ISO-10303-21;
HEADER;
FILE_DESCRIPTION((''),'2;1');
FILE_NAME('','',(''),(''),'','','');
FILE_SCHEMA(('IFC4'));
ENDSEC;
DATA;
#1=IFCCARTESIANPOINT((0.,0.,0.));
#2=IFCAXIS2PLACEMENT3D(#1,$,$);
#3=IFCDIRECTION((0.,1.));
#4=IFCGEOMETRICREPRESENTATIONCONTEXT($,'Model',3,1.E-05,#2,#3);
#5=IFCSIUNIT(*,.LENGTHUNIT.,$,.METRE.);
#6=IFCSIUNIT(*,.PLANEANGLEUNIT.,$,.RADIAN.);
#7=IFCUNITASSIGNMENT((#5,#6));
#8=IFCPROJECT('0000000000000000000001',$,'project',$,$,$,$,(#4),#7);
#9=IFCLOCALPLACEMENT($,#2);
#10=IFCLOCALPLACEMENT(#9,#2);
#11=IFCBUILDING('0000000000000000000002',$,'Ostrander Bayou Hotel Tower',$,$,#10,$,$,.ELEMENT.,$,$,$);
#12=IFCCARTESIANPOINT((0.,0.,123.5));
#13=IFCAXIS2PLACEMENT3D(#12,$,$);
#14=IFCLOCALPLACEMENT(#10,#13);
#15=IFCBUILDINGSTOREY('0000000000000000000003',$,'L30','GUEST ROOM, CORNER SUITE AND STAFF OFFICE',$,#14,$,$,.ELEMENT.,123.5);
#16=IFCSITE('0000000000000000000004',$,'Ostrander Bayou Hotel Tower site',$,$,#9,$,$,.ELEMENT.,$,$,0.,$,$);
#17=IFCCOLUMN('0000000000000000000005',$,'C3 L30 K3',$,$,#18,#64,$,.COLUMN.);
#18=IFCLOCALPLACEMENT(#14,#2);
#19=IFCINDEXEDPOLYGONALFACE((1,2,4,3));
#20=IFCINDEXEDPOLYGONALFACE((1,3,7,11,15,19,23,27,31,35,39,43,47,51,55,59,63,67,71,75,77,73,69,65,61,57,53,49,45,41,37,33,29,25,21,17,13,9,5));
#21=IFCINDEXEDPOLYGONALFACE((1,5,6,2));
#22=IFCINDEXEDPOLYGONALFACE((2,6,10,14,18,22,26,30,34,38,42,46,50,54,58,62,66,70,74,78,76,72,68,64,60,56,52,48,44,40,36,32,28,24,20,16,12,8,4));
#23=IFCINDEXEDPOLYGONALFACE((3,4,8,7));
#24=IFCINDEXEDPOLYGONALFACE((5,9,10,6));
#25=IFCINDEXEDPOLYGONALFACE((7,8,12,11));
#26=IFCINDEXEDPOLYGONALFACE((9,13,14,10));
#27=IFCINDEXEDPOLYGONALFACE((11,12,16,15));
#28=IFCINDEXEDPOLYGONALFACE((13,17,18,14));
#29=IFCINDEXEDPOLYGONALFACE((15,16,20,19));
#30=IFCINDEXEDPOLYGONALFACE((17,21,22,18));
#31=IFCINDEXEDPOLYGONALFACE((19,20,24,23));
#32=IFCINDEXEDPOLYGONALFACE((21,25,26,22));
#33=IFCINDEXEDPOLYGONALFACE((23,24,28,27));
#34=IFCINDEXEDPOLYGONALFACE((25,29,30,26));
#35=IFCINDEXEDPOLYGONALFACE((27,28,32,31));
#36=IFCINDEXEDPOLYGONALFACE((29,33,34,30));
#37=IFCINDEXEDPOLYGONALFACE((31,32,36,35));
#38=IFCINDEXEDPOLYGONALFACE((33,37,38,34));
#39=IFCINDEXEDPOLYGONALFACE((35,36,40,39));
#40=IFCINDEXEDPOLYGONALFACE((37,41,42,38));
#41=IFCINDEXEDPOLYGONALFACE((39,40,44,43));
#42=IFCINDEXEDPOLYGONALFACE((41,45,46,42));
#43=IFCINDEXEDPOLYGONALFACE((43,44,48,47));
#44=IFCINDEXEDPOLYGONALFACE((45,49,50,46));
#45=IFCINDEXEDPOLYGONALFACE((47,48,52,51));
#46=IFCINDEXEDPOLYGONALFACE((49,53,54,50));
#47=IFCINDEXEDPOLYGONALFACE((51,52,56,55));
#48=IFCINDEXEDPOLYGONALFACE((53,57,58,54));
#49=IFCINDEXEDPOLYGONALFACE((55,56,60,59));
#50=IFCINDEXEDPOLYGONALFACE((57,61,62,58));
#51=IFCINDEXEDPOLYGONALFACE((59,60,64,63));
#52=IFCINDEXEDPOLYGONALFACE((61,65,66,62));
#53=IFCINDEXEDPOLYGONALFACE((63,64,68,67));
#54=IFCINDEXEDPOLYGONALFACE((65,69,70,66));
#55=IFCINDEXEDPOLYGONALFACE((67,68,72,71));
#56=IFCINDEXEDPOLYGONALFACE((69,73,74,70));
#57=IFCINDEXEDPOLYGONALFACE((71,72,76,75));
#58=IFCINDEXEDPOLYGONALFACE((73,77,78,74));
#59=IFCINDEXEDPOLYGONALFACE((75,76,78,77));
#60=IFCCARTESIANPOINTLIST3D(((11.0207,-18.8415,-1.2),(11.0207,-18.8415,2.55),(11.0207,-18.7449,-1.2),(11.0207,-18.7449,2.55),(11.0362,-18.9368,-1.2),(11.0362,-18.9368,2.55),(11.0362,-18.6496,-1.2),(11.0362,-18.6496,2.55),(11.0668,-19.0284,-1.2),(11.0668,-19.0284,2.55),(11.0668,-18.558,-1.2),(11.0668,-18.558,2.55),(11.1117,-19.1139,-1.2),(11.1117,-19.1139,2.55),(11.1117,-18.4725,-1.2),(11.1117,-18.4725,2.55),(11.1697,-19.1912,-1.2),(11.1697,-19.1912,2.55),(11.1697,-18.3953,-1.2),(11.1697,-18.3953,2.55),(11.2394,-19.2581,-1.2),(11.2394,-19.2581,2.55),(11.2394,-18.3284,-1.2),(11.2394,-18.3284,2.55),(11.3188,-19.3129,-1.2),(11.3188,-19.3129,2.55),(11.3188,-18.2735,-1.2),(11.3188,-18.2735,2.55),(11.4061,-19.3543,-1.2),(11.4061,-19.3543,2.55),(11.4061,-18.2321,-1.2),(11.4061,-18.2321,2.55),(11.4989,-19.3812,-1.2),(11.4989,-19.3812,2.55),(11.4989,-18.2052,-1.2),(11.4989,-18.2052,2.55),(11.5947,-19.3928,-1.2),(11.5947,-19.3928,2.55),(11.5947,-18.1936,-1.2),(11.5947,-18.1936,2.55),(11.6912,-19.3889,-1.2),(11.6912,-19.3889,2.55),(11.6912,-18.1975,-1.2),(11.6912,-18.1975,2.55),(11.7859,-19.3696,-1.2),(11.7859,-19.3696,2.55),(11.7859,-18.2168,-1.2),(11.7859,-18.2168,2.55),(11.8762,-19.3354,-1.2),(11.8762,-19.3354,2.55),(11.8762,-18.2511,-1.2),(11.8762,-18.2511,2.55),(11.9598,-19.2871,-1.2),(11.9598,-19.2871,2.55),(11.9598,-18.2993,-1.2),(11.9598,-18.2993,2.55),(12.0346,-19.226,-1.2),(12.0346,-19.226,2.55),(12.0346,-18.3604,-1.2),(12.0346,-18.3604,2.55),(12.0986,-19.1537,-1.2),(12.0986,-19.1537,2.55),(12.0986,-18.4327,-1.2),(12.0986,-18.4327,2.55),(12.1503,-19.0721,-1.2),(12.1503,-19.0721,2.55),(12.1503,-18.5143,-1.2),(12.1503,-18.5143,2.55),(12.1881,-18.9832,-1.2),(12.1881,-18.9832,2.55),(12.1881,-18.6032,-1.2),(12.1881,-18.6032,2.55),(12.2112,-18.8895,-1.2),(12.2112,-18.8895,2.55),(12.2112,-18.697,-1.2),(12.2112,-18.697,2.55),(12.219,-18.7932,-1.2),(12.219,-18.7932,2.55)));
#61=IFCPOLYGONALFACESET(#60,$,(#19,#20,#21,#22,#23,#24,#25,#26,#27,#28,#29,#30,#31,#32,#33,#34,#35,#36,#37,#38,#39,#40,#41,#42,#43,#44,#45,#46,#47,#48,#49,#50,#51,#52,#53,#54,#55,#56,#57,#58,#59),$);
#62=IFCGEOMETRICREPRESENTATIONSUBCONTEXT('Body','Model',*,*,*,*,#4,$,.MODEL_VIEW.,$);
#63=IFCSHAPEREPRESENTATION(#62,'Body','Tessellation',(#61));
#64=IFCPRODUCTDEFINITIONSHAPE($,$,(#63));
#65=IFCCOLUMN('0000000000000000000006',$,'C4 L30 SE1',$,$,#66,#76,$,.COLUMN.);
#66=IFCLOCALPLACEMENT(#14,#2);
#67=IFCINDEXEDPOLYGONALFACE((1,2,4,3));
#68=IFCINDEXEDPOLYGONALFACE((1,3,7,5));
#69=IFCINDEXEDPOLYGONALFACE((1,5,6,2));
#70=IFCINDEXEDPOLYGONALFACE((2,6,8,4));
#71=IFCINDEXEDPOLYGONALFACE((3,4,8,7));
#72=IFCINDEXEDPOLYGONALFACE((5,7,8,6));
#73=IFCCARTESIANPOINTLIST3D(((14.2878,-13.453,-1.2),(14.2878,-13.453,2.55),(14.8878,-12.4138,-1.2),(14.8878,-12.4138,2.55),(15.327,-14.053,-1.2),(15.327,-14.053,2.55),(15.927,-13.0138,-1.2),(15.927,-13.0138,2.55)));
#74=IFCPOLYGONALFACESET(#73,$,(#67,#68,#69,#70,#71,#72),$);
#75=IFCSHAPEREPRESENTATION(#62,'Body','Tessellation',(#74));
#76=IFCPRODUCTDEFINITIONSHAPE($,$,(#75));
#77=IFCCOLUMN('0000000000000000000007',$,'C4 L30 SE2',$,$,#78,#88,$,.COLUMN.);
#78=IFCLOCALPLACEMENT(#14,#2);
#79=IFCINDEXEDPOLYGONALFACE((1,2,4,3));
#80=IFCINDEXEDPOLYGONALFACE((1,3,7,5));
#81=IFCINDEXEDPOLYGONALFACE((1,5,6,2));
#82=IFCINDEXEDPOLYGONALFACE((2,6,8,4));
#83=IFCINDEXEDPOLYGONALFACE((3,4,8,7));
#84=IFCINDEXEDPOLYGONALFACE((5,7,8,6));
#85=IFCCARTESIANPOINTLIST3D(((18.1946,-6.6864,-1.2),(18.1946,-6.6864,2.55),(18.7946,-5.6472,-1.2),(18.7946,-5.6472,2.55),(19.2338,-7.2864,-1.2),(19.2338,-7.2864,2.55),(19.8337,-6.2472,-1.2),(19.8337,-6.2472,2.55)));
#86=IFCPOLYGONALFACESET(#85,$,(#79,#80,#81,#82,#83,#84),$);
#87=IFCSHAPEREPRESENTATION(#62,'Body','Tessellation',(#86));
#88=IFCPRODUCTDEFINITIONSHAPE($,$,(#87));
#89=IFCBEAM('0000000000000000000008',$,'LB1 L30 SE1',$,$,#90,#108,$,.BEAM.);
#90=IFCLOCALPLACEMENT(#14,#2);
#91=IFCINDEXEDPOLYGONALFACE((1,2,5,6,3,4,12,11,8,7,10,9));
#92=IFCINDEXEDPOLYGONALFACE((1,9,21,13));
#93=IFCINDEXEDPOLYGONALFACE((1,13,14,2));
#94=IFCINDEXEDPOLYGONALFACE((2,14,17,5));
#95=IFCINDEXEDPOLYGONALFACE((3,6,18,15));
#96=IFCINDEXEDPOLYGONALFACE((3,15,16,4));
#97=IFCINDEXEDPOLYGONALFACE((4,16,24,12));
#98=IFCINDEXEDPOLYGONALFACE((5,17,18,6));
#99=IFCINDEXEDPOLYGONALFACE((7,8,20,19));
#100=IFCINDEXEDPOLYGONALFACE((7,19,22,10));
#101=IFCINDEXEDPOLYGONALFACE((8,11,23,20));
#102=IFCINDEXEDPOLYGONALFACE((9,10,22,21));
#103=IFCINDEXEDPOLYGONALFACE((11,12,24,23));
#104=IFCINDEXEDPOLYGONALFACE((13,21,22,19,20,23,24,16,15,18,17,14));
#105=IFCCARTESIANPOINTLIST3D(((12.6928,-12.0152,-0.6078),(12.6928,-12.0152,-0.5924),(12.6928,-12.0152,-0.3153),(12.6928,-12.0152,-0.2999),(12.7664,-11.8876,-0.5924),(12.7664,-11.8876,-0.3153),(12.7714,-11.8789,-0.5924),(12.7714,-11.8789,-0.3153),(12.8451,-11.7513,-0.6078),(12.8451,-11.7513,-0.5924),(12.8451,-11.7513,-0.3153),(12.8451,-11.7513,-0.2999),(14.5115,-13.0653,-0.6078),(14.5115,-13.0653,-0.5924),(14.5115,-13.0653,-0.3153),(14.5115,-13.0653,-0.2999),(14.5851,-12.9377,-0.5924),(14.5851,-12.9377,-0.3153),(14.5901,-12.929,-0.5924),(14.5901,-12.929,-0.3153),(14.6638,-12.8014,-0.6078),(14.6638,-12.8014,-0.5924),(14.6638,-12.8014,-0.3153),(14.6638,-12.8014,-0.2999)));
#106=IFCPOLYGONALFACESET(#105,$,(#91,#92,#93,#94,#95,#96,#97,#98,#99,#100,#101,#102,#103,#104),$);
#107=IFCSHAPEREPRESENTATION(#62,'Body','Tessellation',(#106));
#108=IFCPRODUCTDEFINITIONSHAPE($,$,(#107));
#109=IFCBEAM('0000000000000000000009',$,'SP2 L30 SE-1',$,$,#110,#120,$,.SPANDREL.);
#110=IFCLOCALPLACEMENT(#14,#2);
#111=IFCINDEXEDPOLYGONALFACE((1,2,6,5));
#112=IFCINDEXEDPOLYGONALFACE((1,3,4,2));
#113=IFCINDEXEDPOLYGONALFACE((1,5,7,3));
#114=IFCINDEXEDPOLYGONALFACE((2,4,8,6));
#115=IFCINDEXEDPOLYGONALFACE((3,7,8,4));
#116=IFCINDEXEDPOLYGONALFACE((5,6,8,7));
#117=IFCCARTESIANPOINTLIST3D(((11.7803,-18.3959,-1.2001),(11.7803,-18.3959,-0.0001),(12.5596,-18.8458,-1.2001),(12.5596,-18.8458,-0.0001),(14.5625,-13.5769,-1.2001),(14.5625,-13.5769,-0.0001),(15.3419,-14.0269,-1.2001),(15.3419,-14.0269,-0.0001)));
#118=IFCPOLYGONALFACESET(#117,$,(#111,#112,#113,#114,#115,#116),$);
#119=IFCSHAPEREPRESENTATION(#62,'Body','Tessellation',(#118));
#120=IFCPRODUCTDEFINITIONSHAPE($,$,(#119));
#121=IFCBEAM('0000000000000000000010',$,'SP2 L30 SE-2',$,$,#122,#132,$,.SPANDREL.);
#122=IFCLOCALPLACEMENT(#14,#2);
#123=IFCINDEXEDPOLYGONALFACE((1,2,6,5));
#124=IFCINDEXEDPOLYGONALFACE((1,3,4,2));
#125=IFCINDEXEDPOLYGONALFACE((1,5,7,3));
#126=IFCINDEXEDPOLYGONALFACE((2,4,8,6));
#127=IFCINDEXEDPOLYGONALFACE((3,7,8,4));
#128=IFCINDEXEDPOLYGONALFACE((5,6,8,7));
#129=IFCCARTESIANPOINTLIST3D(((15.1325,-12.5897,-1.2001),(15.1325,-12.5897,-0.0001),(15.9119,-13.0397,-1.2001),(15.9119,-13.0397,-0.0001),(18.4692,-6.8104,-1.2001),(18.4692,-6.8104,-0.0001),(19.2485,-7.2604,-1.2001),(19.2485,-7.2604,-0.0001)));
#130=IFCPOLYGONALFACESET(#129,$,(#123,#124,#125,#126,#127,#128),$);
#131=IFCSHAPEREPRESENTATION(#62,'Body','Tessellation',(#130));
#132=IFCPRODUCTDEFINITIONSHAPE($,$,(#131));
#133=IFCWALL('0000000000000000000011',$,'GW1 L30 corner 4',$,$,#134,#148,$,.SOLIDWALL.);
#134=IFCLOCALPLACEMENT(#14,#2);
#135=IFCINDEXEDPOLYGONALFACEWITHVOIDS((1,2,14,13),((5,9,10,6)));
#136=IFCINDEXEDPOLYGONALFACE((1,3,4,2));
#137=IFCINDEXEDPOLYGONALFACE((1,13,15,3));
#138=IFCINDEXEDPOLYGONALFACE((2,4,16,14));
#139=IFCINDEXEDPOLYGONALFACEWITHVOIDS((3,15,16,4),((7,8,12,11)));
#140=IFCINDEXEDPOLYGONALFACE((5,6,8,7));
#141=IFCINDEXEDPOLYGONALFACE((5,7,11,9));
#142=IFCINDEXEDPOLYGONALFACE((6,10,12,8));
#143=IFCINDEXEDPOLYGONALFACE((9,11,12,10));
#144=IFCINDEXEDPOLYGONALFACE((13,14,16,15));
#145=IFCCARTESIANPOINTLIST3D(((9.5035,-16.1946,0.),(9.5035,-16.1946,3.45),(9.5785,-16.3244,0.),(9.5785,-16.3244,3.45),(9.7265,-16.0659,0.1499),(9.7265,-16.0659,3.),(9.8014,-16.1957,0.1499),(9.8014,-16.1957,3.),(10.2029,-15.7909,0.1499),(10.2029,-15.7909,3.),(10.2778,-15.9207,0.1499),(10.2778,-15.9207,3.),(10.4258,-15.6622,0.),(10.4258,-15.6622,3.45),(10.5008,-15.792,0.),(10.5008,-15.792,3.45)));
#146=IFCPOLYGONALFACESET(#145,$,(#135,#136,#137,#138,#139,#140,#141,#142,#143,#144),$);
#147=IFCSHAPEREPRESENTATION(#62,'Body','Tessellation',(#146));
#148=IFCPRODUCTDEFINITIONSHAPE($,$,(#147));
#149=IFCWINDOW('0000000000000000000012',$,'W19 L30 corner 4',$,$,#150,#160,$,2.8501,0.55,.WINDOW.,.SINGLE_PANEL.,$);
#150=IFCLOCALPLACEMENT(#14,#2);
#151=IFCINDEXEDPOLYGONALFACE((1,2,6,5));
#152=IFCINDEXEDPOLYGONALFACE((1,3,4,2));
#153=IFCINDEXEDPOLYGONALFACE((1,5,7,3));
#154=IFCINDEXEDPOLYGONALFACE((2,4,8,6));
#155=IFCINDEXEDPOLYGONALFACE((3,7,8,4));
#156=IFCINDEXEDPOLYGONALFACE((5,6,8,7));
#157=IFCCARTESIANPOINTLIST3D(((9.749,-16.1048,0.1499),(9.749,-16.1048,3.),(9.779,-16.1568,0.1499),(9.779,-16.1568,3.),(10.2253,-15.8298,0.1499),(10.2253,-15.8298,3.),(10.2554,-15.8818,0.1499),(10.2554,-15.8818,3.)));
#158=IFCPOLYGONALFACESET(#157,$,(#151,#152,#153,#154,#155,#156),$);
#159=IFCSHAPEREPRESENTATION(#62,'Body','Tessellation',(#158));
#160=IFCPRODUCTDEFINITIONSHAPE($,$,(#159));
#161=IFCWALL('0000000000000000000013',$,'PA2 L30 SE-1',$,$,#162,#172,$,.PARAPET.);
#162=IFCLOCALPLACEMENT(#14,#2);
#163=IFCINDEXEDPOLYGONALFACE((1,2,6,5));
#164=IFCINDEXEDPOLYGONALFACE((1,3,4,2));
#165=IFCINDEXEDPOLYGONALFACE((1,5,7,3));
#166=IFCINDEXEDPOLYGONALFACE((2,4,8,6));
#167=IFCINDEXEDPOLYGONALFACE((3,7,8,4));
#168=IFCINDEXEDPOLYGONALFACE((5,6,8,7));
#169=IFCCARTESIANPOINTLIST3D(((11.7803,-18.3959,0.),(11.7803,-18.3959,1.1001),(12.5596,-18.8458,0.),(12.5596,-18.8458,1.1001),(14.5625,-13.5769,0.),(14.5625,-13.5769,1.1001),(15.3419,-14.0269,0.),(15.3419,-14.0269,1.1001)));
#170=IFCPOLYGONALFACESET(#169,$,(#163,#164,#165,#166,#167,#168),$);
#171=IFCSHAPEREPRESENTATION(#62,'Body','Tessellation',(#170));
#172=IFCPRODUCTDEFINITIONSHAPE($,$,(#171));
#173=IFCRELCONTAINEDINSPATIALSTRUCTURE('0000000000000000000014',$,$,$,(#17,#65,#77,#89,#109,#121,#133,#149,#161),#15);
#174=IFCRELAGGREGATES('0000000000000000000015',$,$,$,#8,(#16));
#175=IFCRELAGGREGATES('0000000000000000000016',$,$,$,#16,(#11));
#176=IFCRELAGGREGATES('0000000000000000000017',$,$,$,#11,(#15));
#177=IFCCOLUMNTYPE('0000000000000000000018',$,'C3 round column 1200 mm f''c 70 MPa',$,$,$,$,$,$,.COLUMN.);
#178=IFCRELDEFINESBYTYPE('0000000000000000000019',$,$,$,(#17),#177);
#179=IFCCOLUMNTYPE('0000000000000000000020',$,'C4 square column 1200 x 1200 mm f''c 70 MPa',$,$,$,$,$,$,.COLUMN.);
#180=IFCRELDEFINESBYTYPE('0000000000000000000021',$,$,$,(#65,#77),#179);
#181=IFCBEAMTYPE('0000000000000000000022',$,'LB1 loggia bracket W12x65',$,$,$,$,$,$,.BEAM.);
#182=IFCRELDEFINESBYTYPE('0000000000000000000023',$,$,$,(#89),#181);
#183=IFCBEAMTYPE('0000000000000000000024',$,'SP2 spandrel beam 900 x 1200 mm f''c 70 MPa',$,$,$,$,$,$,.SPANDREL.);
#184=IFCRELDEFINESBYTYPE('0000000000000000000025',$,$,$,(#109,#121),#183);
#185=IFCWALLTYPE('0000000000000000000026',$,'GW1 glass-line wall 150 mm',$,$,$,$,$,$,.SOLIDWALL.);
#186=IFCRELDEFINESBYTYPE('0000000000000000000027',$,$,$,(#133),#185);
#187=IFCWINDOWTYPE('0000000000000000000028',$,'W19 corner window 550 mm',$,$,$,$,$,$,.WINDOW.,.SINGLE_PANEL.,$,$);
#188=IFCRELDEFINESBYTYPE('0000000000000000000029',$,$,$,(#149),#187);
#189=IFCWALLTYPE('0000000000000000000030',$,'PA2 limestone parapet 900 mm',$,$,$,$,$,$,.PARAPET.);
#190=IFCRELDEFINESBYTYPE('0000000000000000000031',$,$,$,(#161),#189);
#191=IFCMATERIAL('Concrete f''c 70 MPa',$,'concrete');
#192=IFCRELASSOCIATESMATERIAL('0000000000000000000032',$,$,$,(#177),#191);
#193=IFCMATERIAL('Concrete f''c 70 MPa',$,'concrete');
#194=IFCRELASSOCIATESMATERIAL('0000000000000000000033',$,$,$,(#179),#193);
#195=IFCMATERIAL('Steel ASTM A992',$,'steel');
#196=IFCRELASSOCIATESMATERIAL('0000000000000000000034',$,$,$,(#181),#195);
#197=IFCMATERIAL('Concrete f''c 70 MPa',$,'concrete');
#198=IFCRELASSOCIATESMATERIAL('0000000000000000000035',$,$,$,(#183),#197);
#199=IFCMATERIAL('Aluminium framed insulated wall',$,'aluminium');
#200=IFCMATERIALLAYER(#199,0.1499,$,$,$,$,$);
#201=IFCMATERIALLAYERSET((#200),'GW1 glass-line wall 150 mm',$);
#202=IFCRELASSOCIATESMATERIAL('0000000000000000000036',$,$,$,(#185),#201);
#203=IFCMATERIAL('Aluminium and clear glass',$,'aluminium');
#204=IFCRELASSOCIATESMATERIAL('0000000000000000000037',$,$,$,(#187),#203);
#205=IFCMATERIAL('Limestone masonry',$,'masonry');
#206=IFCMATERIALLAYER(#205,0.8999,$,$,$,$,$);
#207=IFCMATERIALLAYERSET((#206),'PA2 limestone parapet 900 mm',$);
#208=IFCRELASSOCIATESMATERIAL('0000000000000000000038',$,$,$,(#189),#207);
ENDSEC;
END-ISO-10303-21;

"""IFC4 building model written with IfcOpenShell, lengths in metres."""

from ifc_helpers import new_model, si_unit, direction, frame, frame_2d, origin, origin_2d, place, context, subcontext, project, spatial, rectangle, circle, i_section, extrude, material, layer, layer_set, material_profile, profile_set, type_object, element, fill, save


model = new_model("IFC4")

# Units and contexts
model_context = context("Model", 3, precision=1e-05, world=origin(), true_north=direction((0.0, 1.0)))
body_context = subcontext(model_context, "Body", "Model", "MODEL_VIEW")
ifc_project = project(units=[si_unit("LENGTHUNIT", "METRE"), si_unit("PLANEANGLEUNIT", "RADIAN")], contexts=[model_context])

# Site, building, storey
site_placement = place(None, origin())
site = spatial("IfcSite", under=ifc_project, at=site_placement, Name="Ostrander Bayou Hotel Tower site", CompositionType="ELEMENT", RefElevation=0.0)
building_placement = place(site_placement, origin())
building = spatial("IfcBuilding", under=site, at=building_placement, Name="Ostrander Bayou Hotel Tower", CompositionType="ELEMENT")
storey_placement = place(building_placement, frame((0.0, 0.0, 123.5)))
storey = spatial("IfcBuildingStorey", under=building, at=storey_placement, Name="L30", Description="GUEST ROOM, CORNER SUITE AND STAFF OFFICE", CompositionType="ELEMENT", Elevation=123.5)

# Columns
ifc_material_1 = material(Name="Concrete f'c 70 MPa", Category="concrete")
ifc_material_profile_1 = material_profile(ifc_material_1, circle(Radius=0.6001, at=origin_2d()))
ifc_profile_set_1 = profile_set([ifc_material_profile_1], Name="Concrete f'c 70 MPa")
column_type_1 = type_object("IfcColumnType", Name="C3 round column 1200 mm f'c 70 MPa", PredefinedType="COLUMN", material=ifc_profile_set_1)
column_placement = place(storey_placement, frame((11.6189, -18.7932, -1.2), z_axis=(0.0, 0.0, 1.0), x_axis=(1.0, 0.0, 0.0)))
element("IfcColumn", 1, at=column_placement, inside=storey, type_object=column_type_1, Name="C3 L30 K3", PredefinedType="COLUMN", context=body_context, shape_type="SweptSolid", body=[
    extrude(circle(Radius=0.6001, at=origin_2d()), origin(), (0.0, 0.0, 1.0), 3.75),
])
ifc_material_2 = material(Name="Concrete f'c 70 MPa", Category="concrete")
ifc_material_profile_2 = material_profile(ifc_material_2, rectangle(XDim=1.2, YDim=1.2, at=origin_2d()))
ifc_profile_set_2 = profile_set([ifc_material_profile_2], Name="Concrete f'c 70 MPa")
column_type_2 = type_object("IfcColumnType", Name="C4 square column 1200 x 1200 mm f'c 70 MPa", PredefinedType="COLUMN", material=ifc_profile_set_2)
for number, where, z_axis, x_axis, name in (
    (2, (15.1074, -13.2334, -1.2), (0.0, 0.0, 1.0), (-0.5, -0.866025, 0.0), "C4 L30 SE1"),
    (3, (19.0142, -6.4668, -1.2), (0.0, 0.0, 1.0), (-0.5, -0.866025, 0.0), "C4 L30 SE2"),
):
    element("IfcColumn", number, at=place(storey_placement, frame(where, z_axis=z_axis, x_axis=x_axis)), inside=storey, type_object=column_type_2, Name=name, PredefinedType="COLUMN", context=body_context, shape_type="SweptSolid", body=[
        extrude(rectangle(XDim=1.2, YDim=1.2, at=origin_2d()), origin(), (0.0, 0.0, 1.0), 3.75),
    ])

# Beams
ifc_material_3 = material(Name="Steel ASTM A992", Category="steel")
ifc_material_profile_3 = material_profile(ifc_material_3, i_section(OverallWidth=0.3047, OverallDepth=0.3079, WebThickness=0.01, FlangeThickness=0.0154, at=origin_2d()))
ifc_profile_set_3 = profile_set([ifc_material_profile_3], Name="Steel ASTM A992")
beam_type_1 = type_object("IfcBeamType", Name="LB1 loggia bracket W12x65", PredefinedType="BEAM", material=ifc_profile_set_3)
beam_1_placement = place(storey_placement, frame((14.5876, -12.9333, -0.4539), z_axis=(-0.866009, 0.500028, 0.0), x_axis=(-0.500028, -0.866009, 0.0)))
element("IfcBeam", 4, at=beam_1_placement, inside=storey, type_object=beam_type_1, Name="LB1 L30 SE1", PredefinedType="BEAM", context=body_context, shape_type="SweptSolid", body=[
    extrude(i_section(OverallWidth=0.3047, OverallDepth=0.3079, WebThickness=0.01, FlangeThickness=0.0154, at=origin_2d()), origin(), (0.0, 0.0, 1.0), 2.1001),
])
ifc_material_4 = material(Name="Concrete f'c 70 MPa", Category="concrete")
ifc_material_profile_4 = material_profile(ifc_material_4, rectangle(XDim=0.8999, YDim=1.2, at=origin_2d()))
ifc_profile_set_4 = profile_set([ifc_material_profile_4], Name="Concrete f'c 70 MPa")
beam_type_2 = type_object("IfcBeamType", Name="SP2 spandrel beam 900 x 1200 mm f'c 70 MPa", PredefinedType="SPANDREL", material=ifc_profile_set_4)
beam_2_placement = place(storey_placement, frame((12.1699, -18.6208, -0.6001), z_axis=(0.500009, 0.86602, 0.0), x_axis=(-0.86602, 0.500009, 0.0)))
element("IfcBeam", 5, at=beam_2_placement, inside=storey, type_object=beam_type_2, Name="SP2 L30 SE-1", PredefinedType="SPANDREL", context=body_context, shape_type="SweptSolid", body=[
    extrude(rectangle(XDim=0.8999, YDim=1.2, at=origin_2d()), origin(), (0.0, 0.0, 1.0), 5.5645),
])
beam_3_placement = place(storey_placement, frame((15.5222, -12.8147, -0.6001), z_axis=(0.499999, 0.866026, 0.0), x_axis=(-0.866026, 0.499999, 0.0)))
element("IfcBeam", 6, at=beam_3_placement, inside=storey, type_object=beam_type_2, Name="SP2 L30 SE-2", PredefinedType="SPANDREL", context=body_context, shape_type="SweptSolid", body=[
    extrude(rectangle(XDim=0.8999, YDim=1.2, at=origin_2d()), origin(), (0.0, 0.0, 1.0), 6.6733),
])

# Shared definitions
ifc_material_5 = material(Name="Aluminium framed insulated wall", Category="aluminium")
ifc_layer_1 = layer(ifc_material_5, 0.1499)
ifc_layer_set_1 = layer_set([ifc_layer_1], Name="GW1 glass-line wall 150 mm")
wall_type_1 = type_object("IfcWallType", Name="GW1 glass-line wall 150 mm", PredefinedType="SOLIDWALL", material=ifc_layer_set_1)

# Wall, opening, window
wall_1_placement = place(storey_placement, frame((9.541, -16.2595, 0.0), z_axis=(0.0, 0.0, 1.0), x_axis=(0.866048, 0.499961, 0.0)))
wall_1 = element("IfcWall", 7, at=wall_1_placement, inside=storey, type_object=wall_type_1, Name="GW1 L30 corner 4", PredefinedType="SOLIDWALL", context=body_context, shape_type="SweptSolid", body=[
    extrude(rectangle(XDim=1.0649, YDim=0.1499, at=frame_2d((0.5325, 0.0))), origin(), (0.0, 0.0, 1.0), 3.45),
])
opening_1_placement = place(wall_1_placement, frame((0.2576, 0.0, 0.1499)))
opening_1 = element("IfcOpeningElement", 8, at=opening_1_placement, cuts=wall_1, PredefinedType="OPENING", context=body_context, shape_type="SweptSolid", body=[
    extrude(rectangle(XDim=0.55, YDim=2.8501, at=frame_2d((0.2749, 1.425))), frame((0.0, 0.075, 0.0), z_axis=(0.0, -1.0, 0.0), x_axis=(1.0, 0.0, 0.0)), (0.0, 0.0, 1.0), 0.1499),
])
ifc_material_6 = material(Name="Aluminium and clear glass", Category="aluminium")
window_type_1 = type_object("IfcWindowType", Name="W19 corner window 550 mm", PartitioningType="SINGLE_PANEL", PredefinedType="WINDOW", material=ifc_material_6)
window_1_placement = place(opening_1_placement, origin())
window_1 = element("IfcWindow", 9, at=window_1_placement, inside=storey, type_object=window_type_1, Name="W19 L30 corner 4", OverallHeight=2.8501, OverallWidth=0.55, PartitioningType="SINGLE_PANEL", PredefinedType="WINDOW", context=body_context, shape_type="SweptSolid", body=[
    extrude(rectangle(XDim=0.55, YDim=2.8501, at=frame_2d((0.2749, 1.425))), frame((0.0, 0.03, 0.0), z_axis=(0.0, -1.0, 0.0), x_axis=(1.0, 0.0, 0.0)), (0.0, 0.0, 1.0), 0.0601),
])
fill(opening_1, window_1)

# Wall
ifc_material_7 = material(Name="Limestone masonry", Category="masonry")
ifc_layer_2 = layer(ifc_material_7, 0.8999)
ifc_layer_set_2 = layer_set([ifc_layer_2], Name="PA2 limestone parapet 900 mm")
wall_type_2 = type_object("IfcWallType", Name="PA2 limestone parapet 900 mm", PredefinedType="PARAPET", material=ifc_layer_set_2)
wall_2_placement = place(storey_placement, frame((12.1699, -18.6208, 0.0), z_axis=(0.0, 0.0, 1.0), x_axis=(0.500009, 0.86602, 0.0)))
element("IfcWall", 10, at=wall_2_placement, inside=storey, type_object=wall_type_2, Name="PA2 L30 SE-1", PredefinedType="PARAPET", context=body_context, shape_type="SweptSolid", body=[
    extrude(rectangle(XDim=5.5645, YDim=0.8999, at=frame_2d((2.7822, 0.0))), origin(), (0.0, 0.0, 1.0), 1.1001),
])

save(model, "model.ifc")
